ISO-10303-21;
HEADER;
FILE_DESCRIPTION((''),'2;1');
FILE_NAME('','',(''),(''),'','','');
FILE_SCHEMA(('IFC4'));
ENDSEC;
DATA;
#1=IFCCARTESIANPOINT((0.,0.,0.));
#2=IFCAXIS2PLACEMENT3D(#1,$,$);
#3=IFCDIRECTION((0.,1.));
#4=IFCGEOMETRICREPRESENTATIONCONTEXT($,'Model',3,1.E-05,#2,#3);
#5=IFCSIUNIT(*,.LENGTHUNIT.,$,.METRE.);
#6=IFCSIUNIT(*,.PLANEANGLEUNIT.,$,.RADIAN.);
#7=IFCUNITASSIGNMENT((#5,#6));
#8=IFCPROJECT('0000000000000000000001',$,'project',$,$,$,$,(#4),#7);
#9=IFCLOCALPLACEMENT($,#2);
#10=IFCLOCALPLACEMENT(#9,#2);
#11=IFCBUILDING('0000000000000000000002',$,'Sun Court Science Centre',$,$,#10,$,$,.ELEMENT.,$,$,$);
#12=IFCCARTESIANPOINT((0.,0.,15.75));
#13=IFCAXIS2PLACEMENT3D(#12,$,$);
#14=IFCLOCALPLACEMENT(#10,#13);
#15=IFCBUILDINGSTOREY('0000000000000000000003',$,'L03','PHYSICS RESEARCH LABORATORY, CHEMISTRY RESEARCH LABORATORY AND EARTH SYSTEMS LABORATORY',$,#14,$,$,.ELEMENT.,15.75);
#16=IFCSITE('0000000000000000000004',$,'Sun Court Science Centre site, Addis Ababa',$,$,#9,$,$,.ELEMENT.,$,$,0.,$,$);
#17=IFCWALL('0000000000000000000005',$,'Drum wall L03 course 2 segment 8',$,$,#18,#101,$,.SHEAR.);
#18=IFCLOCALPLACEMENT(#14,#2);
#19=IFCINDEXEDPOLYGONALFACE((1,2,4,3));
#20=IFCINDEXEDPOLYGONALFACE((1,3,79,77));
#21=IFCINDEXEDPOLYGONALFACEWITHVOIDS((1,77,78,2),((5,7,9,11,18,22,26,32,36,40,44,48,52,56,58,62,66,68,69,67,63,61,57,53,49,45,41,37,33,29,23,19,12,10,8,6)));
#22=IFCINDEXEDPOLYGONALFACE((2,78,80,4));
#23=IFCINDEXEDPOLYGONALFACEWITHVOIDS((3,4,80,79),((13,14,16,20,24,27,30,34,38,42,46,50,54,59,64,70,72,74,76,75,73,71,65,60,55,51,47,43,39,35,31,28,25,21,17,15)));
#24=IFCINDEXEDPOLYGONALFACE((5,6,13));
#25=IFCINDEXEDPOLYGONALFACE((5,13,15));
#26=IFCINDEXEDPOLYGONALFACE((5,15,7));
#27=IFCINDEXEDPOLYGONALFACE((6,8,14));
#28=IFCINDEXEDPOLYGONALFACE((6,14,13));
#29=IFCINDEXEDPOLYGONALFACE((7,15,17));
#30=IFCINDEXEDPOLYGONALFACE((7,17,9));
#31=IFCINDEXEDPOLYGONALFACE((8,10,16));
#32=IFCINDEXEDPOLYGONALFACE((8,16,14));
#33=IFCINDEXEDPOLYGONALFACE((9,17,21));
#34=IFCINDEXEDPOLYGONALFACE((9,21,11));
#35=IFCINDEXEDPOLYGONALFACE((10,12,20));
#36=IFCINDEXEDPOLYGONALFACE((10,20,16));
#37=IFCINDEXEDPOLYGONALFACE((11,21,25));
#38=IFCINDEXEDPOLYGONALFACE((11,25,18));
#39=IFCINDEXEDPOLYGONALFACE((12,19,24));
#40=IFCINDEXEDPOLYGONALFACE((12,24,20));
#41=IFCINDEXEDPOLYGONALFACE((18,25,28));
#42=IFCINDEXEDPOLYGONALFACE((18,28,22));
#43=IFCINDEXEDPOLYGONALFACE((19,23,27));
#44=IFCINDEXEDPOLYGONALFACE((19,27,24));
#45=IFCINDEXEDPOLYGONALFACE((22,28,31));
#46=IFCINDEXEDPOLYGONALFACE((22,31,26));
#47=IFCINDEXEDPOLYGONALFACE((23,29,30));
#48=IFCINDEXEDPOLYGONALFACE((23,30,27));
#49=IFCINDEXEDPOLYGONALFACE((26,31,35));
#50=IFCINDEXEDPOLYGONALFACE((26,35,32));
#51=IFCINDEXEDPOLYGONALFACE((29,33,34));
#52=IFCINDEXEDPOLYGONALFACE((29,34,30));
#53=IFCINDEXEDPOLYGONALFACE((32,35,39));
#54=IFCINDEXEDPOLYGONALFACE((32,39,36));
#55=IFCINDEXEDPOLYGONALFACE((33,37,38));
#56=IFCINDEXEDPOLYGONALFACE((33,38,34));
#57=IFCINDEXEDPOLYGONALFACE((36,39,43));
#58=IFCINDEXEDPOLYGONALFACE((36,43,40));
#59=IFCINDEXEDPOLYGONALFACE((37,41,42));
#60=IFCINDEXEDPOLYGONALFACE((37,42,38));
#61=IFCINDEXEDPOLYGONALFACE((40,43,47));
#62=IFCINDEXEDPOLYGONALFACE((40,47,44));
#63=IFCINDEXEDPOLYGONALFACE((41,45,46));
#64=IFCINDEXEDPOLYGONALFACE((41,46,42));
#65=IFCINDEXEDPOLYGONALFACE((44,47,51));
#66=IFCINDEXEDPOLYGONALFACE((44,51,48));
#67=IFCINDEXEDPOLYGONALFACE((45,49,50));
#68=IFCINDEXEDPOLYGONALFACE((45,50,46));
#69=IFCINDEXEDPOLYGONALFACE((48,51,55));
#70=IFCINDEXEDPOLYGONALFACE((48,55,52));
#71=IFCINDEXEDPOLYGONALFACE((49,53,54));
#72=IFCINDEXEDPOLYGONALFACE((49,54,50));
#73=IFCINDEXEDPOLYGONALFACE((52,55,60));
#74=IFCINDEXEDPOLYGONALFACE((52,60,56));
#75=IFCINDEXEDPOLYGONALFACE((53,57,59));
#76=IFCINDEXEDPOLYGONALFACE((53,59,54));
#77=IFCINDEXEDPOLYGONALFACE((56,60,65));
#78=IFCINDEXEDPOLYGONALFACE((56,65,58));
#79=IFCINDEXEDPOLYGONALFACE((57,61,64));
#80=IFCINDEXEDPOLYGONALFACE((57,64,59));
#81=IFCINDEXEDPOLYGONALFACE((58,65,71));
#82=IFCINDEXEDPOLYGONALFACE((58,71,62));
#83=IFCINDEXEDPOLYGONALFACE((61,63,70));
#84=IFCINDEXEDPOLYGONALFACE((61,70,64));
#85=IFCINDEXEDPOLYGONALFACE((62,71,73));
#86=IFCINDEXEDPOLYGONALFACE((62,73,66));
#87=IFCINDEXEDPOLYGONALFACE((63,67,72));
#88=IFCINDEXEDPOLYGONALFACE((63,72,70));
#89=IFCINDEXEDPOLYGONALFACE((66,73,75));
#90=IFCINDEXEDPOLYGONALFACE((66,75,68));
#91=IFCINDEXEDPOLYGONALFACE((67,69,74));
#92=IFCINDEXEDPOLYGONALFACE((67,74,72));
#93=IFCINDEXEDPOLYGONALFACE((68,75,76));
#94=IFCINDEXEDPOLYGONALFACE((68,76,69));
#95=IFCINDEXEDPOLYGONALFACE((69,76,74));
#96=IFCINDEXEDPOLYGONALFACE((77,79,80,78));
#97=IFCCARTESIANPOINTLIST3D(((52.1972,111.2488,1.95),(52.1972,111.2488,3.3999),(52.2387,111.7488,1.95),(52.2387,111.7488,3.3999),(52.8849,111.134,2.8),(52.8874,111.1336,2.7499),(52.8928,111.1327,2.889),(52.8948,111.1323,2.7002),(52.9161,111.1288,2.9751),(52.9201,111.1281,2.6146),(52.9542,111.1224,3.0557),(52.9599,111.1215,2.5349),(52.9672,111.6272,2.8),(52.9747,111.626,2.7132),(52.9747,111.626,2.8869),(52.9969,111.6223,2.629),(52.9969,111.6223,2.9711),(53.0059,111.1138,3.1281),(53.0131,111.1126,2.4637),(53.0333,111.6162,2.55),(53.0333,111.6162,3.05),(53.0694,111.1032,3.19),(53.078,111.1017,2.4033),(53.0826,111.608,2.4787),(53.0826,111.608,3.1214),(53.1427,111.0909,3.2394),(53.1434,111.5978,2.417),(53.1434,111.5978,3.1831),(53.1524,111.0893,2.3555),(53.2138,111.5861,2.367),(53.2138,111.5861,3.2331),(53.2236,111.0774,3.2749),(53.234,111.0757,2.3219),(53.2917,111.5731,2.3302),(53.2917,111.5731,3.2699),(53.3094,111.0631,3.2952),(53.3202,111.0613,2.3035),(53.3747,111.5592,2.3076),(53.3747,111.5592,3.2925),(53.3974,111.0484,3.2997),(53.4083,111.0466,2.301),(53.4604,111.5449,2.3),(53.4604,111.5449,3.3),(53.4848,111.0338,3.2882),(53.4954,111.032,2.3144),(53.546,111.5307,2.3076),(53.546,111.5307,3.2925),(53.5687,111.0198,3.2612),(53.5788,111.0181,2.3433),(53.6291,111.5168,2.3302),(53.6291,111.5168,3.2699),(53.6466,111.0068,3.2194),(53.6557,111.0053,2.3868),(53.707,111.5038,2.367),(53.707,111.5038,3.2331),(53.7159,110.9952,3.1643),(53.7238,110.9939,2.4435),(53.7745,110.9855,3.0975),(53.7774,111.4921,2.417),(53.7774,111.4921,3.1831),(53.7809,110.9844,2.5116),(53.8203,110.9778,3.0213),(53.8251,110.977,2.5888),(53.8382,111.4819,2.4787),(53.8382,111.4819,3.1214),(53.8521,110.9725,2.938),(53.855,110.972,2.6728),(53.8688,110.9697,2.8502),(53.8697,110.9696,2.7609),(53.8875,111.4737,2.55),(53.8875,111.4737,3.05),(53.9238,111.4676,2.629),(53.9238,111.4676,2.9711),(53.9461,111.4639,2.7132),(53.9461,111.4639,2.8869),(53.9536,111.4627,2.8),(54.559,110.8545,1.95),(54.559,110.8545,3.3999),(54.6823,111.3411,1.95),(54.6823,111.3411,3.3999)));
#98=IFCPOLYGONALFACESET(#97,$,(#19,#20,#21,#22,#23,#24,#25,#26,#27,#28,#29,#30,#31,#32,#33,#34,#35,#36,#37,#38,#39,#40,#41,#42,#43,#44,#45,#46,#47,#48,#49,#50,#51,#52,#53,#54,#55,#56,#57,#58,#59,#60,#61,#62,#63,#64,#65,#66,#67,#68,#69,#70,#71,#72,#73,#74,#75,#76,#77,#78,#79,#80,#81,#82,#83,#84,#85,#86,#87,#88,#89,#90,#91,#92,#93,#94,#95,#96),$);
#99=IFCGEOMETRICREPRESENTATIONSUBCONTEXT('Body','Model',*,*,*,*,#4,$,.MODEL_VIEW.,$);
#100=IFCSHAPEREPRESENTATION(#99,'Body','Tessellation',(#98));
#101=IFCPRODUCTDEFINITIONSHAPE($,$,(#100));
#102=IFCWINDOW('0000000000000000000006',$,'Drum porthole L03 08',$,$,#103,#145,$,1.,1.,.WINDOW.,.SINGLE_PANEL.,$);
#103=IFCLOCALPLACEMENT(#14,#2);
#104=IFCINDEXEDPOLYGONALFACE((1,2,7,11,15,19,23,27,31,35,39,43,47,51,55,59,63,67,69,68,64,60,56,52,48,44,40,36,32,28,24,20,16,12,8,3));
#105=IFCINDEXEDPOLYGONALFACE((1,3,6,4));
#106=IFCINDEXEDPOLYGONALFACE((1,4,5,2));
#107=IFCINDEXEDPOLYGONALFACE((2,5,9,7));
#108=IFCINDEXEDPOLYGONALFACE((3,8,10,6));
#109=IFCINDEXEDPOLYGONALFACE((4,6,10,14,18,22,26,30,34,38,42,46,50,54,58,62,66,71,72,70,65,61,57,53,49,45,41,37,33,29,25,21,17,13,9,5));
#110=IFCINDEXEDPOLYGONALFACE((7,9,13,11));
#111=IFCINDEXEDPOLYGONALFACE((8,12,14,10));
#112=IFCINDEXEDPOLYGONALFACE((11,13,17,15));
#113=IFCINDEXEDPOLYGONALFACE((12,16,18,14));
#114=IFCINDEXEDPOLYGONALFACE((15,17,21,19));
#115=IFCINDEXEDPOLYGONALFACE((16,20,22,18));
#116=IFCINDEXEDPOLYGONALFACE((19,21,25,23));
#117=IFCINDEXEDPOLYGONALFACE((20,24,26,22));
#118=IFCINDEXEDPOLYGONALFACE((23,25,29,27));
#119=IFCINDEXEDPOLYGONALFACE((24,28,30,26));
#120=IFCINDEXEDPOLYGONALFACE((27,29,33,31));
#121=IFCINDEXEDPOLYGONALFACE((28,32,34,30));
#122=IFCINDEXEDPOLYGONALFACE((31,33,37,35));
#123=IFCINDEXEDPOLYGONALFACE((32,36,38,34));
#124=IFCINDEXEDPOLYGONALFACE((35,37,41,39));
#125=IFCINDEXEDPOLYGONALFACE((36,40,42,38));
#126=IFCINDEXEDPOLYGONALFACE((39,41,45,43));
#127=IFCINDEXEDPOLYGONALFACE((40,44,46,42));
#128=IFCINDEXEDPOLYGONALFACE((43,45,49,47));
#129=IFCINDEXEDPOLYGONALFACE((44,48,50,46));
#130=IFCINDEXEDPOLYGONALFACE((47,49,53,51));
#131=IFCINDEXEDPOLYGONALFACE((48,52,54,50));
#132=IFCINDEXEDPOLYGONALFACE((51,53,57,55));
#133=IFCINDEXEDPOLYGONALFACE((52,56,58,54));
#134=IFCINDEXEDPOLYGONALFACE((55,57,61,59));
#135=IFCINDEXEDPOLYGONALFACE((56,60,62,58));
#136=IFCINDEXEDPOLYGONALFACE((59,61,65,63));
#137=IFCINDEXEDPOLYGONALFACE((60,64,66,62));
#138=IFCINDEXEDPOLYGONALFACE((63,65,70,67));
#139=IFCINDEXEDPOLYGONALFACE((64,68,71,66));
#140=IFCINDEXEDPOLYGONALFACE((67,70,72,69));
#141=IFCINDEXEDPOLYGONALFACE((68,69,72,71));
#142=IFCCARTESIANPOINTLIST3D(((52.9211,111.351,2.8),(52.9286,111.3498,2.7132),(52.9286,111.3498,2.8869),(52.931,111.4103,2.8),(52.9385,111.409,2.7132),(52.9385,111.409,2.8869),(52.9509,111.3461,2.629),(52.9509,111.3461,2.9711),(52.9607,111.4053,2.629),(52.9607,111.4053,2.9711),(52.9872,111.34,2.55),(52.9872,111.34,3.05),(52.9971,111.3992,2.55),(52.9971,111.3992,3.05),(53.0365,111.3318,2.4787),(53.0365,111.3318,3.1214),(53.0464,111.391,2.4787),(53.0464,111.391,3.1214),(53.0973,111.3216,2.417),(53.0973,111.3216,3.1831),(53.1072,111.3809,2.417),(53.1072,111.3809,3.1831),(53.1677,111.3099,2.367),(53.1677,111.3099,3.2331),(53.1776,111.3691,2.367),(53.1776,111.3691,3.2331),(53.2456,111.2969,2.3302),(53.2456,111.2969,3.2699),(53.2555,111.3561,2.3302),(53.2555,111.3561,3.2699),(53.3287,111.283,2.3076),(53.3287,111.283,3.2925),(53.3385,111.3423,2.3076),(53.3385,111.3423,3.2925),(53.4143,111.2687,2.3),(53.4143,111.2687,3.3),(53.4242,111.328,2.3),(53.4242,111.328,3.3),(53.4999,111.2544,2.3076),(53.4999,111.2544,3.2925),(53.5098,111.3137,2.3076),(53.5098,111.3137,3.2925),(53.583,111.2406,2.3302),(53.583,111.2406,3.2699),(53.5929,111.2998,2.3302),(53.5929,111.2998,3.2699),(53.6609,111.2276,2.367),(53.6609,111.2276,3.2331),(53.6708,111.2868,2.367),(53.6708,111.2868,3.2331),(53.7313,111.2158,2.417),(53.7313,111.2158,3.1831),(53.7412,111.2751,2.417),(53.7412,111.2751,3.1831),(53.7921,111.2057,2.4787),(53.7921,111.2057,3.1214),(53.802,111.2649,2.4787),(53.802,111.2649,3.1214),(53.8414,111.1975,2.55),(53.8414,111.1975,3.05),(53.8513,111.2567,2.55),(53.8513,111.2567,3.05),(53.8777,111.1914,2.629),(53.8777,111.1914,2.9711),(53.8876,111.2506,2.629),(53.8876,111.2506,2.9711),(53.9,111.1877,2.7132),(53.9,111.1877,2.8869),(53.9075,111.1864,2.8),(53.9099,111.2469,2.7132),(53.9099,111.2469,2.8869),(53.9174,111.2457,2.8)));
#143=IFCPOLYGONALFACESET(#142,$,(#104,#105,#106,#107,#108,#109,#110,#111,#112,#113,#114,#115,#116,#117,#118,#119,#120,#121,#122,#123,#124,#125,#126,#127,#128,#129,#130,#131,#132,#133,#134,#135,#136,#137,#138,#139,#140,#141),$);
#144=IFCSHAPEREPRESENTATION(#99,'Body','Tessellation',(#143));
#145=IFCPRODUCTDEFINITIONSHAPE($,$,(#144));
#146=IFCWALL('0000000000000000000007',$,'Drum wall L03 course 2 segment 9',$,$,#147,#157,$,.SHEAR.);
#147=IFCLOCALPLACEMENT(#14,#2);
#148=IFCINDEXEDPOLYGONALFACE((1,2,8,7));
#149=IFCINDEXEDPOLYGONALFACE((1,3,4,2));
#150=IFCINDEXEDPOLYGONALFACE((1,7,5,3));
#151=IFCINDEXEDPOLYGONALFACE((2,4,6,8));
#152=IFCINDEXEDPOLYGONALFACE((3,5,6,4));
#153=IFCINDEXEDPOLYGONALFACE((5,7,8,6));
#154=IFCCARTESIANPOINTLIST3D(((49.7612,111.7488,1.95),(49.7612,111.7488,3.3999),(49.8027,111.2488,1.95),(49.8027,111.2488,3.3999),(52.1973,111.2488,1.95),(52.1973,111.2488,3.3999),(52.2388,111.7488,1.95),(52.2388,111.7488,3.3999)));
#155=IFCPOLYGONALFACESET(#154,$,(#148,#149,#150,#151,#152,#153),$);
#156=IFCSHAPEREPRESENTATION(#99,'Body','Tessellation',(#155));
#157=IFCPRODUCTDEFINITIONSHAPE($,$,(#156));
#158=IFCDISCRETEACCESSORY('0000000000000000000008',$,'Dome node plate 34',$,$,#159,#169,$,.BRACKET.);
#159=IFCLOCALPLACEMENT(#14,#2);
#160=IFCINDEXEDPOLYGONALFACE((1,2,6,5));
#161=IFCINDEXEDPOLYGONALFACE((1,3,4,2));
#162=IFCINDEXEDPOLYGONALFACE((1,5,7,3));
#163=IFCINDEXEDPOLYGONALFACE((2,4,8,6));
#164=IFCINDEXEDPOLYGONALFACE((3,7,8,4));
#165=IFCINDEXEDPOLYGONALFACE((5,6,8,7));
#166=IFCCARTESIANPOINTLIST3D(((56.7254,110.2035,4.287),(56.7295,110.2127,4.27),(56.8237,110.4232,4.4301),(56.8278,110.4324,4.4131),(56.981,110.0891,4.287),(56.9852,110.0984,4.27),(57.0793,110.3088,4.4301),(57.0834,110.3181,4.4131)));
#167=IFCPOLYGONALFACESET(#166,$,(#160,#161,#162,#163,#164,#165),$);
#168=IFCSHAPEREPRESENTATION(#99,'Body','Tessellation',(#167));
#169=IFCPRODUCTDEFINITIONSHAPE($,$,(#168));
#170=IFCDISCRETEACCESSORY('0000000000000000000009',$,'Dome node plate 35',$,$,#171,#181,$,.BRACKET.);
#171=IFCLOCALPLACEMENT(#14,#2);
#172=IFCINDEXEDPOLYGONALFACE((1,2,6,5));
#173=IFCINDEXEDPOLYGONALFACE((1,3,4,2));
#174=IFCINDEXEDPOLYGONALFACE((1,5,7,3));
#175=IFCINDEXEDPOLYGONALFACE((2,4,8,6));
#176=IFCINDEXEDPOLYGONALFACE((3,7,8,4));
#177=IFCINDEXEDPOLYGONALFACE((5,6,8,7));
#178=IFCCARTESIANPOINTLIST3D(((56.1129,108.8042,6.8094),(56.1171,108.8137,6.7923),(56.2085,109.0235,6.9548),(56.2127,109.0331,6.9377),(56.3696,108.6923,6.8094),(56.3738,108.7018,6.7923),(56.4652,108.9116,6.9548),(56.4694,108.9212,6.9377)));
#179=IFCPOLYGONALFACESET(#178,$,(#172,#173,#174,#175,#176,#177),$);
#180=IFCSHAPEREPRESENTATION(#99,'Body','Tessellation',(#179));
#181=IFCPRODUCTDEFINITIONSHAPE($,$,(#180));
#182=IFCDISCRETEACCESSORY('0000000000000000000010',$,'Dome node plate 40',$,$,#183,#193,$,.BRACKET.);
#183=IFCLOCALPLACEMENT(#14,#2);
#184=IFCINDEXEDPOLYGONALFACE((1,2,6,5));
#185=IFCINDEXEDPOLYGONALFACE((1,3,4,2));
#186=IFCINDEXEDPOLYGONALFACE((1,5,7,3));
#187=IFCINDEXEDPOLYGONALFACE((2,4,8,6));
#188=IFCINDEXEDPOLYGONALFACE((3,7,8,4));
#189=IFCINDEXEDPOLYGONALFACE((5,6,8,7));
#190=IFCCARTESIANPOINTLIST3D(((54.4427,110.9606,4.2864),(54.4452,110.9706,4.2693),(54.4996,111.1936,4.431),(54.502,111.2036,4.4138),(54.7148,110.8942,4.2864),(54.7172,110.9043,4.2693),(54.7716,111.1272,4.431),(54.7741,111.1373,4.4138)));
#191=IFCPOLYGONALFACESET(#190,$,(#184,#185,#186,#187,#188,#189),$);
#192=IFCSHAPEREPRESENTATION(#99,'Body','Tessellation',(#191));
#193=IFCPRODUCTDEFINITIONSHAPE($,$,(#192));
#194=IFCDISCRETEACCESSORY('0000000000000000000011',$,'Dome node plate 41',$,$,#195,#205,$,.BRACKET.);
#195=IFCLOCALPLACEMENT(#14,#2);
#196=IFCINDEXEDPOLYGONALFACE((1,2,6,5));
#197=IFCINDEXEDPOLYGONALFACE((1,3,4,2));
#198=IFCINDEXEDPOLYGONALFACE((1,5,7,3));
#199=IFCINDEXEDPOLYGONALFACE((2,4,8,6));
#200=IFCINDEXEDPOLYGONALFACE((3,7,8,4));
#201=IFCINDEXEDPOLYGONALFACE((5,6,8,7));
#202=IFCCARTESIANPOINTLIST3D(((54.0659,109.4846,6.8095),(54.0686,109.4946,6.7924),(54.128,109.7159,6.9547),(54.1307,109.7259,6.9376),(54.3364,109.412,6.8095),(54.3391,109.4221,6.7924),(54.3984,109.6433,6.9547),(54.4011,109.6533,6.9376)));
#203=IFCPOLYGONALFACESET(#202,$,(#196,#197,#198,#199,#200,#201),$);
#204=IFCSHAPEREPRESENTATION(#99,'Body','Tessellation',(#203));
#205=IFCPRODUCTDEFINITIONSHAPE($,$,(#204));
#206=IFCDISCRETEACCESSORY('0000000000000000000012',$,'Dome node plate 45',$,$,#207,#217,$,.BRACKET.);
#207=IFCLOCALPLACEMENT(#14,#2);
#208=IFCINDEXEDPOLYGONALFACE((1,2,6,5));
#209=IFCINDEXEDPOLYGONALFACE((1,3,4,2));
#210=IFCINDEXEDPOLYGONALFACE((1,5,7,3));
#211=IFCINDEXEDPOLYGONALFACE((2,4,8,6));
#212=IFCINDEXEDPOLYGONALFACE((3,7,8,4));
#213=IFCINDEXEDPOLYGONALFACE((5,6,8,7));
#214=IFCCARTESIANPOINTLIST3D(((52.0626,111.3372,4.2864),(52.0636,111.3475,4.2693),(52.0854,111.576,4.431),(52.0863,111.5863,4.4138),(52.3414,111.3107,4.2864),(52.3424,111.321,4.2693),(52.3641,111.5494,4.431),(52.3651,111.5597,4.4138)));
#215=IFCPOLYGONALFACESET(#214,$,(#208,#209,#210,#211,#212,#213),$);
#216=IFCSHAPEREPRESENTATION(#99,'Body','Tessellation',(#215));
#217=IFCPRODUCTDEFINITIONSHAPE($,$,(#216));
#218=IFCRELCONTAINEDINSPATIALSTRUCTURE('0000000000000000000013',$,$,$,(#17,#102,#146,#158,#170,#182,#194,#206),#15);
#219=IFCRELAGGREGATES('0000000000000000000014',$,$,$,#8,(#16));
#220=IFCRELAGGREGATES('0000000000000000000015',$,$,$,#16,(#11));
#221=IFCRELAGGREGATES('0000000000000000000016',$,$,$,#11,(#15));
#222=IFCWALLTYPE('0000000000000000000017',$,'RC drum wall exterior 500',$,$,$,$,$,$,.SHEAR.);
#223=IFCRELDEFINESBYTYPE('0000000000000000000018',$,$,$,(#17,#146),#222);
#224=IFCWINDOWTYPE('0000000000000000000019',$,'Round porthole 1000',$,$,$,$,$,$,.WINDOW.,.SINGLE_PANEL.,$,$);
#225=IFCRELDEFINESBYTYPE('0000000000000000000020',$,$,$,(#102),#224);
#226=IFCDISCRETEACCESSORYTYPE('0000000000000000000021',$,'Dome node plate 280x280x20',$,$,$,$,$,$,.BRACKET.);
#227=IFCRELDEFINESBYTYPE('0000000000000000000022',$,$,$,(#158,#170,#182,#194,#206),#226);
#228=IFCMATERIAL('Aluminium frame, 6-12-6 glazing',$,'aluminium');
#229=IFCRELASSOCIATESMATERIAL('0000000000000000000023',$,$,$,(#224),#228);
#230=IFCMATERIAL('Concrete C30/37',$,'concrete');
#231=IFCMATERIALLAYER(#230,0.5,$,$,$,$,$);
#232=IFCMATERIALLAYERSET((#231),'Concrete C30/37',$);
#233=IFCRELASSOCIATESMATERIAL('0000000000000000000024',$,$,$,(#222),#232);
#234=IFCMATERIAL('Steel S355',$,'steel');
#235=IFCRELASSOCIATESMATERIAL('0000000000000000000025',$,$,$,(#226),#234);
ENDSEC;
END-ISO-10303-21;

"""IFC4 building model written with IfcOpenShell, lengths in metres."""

from ifc_helpers import new_model, si_unit, direction, frame, frame_2d, origin, origin_2d, place, context, subcontext, project, spatial, polyline, rectangle, circle, outline, extrude, material, layer, layer_set, material_profile, profile_set, type_object, element, fill, save


model = new_model("IFC4")

# Units and contexts
model_context = context("Model", 3, precision=1e-05, world=origin(), true_north=direction((0.0, 1.0)))
body_context = subcontext(model_context, "Body", "Model", "MODEL_VIEW")
ifc_project = project(units=[si_unit("LENGTHUNIT", "METRE"), si_unit("PLANEANGLEUNIT", "RADIAN")], contexts=[model_context])

# Site, building, storey
site_placement = place(None, origin())
site = spatial("IfcSite", under=ifc_project, at=site_placement, Name="Sun Court Science Centre site, Addis Ababa", CompositionType="ELEMENT", RefElevation=0.0)
building_placement = place(site_placement, origin())
building = spatial("IfcBuilding", under=site, at=building_placement, Name="Sun Court Science Centre", CompositionType="ELEMENT")
storey_placement = place(building_placement, frame((0.0, 0.0, 15.75)))
storey = spatial("IfcBuildingStorey", under=building, at=storey_placement, Name="L03", Description="PHYSICS RESEARCH LABORATORY, CHEMISTRY RESEARCH LABORATORY AND EARTH SYSTEMS LABORATORY", CompositionType="ELEMENT", Elevation=15.75)

# Wall, opening, window
ifc_material_1 = material(Name="Aluminium frame, 6-12-6 glazing", Category="aluminium")
window_type = type_object("IfcWindowType", Name="Round porthole 1000", PartitioningType="SINGLE_PANEL", PredefinedType="WINDOW", material=ifc_material_1)
ifc_material_2 = material(Name="Concrete C30/37", Category="concrete")
ifc_layer_1 = layer(ifc_material_2, 0.5)
ifc_layer_set_1 = layer_set([ifc_layer_1], Name="Concrete C30/37")
wall_type_1 = type_object("IfcWallType", Name="RC drum wall exterior 500", PredefinedType="SHEAR", material=ifc_layer_set_1)
wall_1_placement = place(storey_placement, frame((54.6411, 111.0945, 1.95), z_axis=(0.0, 0.0, 1.0), x_axis=(-0.986365, 0.164575, 0.0)))
wall_1 = element("IfcWall", 1, at=wall_1_placement, inside=storey, type_object=wall_type_1, Name="Drum wall L03 course 2 segment 8", PredefinedType="SHEAR", context=body_context, shape_type="SweptSolid", body=[
    extrude(outline(polyline([(0.0, -0.25), (2.4773, -0.25), (2.436, 0.25), (0.0415, 0.2502), (0.0, -0.25)])), origin(), (0.0, 0.0, 1.0), 1.45),
])
opening_1_placement = place(wall_1_placement, frame((0.7388, 0.0, 0.3501)))
opening_1 = element("IfcOpeningElement", 2, at=opening_1_placement, cuts=wall_1, PredefinedType="OPENING", context=body_context, shape_type="SweptSolid", body=[
    extrude(circle(Radius=0.5, at=frame_2d((0.5, 0.5))), frame((0.0, 0.26, 0.0), z_axis=(0.0, -1.0, 0.0), x_axis=(1.0, 0.0, 0.0)), (0.0, 0.0, 1.0), 0.52),
])
window_1_placement = place(opening_1_placement, origin())
window_1 = element("IfcWindow", 3, at=window_1_placement, inside=storey, type_object=window_type, Name="Drum porthole L03 08", OverallHeight=1.0, OverallWidth=1.0, PartitioningType="SINGLE_PANEL", PredefinedType="WINDOW", context=body_context, shape_type="SweptSolid", body=[
    extrude(circle(Radius=0.5, at=frame_2d((0.5, 0.5))), frame((0.0, 0.03, 0.0), z_axis=(0.0, -1.0, 0.0), x_axis=(1.0, 0.0, 0.0)), (0.0, 0.0, 1.0), 0.0601),
])
fill(opening_1, window_1)

# Wall
wall_2_placement = place(storey_placement, frame((52.2388, 111.4988, 1.95), z_axis=(0.0, 0.0, 1.0), x_axis=(-1.0, 0.0, 0.0)))
element("IfcWall", 4, at=wall_2_placement, inside=storey, type_object=wall_type_1, Name="Drum wall L03 course 2 segment 9", PredefinedType="SHEAR", context=body_context, shape_type="SweptSolid", body=[
    extrude(outline(polyline([(0.0, -0.25), (2.4775, -0.25), (2.436, 0.25), (0.0415, 0.25), (0.0, -0.25)])), origin(), (0.0, 0.0, 1.0), 1.45),
])

# Discrete accessories
ifc_material_3 = material(Name="Steel S355", Category="steel")
ifc_material_profile_1 = material_profile(ifc_material_3, rectangle(XDim=0.28, YDim=0.28, at=origin_2d()), Name="PL 280x280")
ifc_profile_set_1 = profile_set([ifc_material_profile_1], Name="Steel S355")
discrete_accessory_type = type_object("IfcDiscreteAccessoryType", Name="Dome node plate 280x280x20", PredefinedType="BRACKET", material=ifc_profile_set_1)
discrete_accessory_placement = place(storey_placement, frame((56.9065, 110.2654, 4.3416), z_axis=(-0.208734, -0.466583, 0.859494), x_axis=(0.912818, -0.408366, 0.0)))
element("IfcDiscreteAccessory", 5, at=discrete_accessory_placement, inside=storey, type_object=discrete_accessory_type, Name="Dome node plate 34", PredefinedType="BRACKET", context=body_context, shape_type="SweptSolid", body=[
    extrude(rectangle(XDim=0.28, YDim=0.28, at=origin_2d()), origin(), (0.0, 0.0, 1.0), 0.0198),
])
for number, where, z_axis, x_axis, name in (
    (6, (56.2932, 108.8674, 6.865), (-0.207533, -0.476106, 0.854549), (0.916696, -0.399585, 0.0), "Dome node plate 35"),
    (7, (54.6096, 111.054, 4.3416), (-0.122343, -0.501606, 0.856401), (0.97152, -0.236956, 0.0), "Dome node plate 40"),
    (8, (54.2349, 109.574, 6.865), (-0.134366, -0.50082, 0.855058), (0.965843, -0.259129, 0.0), "Dome node plate 41"),
    (9, (52.2144, 111.4536, 4.3416), (-0.048941, -0.513879, 0.856465), (0.995495, -0.094809, 0.0), "Dome node plate 45"),
):
    element("IfcDiscreteAccessory", number, at=place(storey_placement, frame(where, z_axis=z_axis, x_axis=x_axis)), inside=storey, type_object=discrete_accessory_type, Name=name, PredefinedType="BRACKET", context=body_context, shape_type="SweptSolid", body=[
        extrude(rectangle(XDim=0.28, YDim=0.28, at=origin_2d()), origin(), (0.0, 0.0, 1.0), 0.02),
    ])

save(model, "model.ifc")
